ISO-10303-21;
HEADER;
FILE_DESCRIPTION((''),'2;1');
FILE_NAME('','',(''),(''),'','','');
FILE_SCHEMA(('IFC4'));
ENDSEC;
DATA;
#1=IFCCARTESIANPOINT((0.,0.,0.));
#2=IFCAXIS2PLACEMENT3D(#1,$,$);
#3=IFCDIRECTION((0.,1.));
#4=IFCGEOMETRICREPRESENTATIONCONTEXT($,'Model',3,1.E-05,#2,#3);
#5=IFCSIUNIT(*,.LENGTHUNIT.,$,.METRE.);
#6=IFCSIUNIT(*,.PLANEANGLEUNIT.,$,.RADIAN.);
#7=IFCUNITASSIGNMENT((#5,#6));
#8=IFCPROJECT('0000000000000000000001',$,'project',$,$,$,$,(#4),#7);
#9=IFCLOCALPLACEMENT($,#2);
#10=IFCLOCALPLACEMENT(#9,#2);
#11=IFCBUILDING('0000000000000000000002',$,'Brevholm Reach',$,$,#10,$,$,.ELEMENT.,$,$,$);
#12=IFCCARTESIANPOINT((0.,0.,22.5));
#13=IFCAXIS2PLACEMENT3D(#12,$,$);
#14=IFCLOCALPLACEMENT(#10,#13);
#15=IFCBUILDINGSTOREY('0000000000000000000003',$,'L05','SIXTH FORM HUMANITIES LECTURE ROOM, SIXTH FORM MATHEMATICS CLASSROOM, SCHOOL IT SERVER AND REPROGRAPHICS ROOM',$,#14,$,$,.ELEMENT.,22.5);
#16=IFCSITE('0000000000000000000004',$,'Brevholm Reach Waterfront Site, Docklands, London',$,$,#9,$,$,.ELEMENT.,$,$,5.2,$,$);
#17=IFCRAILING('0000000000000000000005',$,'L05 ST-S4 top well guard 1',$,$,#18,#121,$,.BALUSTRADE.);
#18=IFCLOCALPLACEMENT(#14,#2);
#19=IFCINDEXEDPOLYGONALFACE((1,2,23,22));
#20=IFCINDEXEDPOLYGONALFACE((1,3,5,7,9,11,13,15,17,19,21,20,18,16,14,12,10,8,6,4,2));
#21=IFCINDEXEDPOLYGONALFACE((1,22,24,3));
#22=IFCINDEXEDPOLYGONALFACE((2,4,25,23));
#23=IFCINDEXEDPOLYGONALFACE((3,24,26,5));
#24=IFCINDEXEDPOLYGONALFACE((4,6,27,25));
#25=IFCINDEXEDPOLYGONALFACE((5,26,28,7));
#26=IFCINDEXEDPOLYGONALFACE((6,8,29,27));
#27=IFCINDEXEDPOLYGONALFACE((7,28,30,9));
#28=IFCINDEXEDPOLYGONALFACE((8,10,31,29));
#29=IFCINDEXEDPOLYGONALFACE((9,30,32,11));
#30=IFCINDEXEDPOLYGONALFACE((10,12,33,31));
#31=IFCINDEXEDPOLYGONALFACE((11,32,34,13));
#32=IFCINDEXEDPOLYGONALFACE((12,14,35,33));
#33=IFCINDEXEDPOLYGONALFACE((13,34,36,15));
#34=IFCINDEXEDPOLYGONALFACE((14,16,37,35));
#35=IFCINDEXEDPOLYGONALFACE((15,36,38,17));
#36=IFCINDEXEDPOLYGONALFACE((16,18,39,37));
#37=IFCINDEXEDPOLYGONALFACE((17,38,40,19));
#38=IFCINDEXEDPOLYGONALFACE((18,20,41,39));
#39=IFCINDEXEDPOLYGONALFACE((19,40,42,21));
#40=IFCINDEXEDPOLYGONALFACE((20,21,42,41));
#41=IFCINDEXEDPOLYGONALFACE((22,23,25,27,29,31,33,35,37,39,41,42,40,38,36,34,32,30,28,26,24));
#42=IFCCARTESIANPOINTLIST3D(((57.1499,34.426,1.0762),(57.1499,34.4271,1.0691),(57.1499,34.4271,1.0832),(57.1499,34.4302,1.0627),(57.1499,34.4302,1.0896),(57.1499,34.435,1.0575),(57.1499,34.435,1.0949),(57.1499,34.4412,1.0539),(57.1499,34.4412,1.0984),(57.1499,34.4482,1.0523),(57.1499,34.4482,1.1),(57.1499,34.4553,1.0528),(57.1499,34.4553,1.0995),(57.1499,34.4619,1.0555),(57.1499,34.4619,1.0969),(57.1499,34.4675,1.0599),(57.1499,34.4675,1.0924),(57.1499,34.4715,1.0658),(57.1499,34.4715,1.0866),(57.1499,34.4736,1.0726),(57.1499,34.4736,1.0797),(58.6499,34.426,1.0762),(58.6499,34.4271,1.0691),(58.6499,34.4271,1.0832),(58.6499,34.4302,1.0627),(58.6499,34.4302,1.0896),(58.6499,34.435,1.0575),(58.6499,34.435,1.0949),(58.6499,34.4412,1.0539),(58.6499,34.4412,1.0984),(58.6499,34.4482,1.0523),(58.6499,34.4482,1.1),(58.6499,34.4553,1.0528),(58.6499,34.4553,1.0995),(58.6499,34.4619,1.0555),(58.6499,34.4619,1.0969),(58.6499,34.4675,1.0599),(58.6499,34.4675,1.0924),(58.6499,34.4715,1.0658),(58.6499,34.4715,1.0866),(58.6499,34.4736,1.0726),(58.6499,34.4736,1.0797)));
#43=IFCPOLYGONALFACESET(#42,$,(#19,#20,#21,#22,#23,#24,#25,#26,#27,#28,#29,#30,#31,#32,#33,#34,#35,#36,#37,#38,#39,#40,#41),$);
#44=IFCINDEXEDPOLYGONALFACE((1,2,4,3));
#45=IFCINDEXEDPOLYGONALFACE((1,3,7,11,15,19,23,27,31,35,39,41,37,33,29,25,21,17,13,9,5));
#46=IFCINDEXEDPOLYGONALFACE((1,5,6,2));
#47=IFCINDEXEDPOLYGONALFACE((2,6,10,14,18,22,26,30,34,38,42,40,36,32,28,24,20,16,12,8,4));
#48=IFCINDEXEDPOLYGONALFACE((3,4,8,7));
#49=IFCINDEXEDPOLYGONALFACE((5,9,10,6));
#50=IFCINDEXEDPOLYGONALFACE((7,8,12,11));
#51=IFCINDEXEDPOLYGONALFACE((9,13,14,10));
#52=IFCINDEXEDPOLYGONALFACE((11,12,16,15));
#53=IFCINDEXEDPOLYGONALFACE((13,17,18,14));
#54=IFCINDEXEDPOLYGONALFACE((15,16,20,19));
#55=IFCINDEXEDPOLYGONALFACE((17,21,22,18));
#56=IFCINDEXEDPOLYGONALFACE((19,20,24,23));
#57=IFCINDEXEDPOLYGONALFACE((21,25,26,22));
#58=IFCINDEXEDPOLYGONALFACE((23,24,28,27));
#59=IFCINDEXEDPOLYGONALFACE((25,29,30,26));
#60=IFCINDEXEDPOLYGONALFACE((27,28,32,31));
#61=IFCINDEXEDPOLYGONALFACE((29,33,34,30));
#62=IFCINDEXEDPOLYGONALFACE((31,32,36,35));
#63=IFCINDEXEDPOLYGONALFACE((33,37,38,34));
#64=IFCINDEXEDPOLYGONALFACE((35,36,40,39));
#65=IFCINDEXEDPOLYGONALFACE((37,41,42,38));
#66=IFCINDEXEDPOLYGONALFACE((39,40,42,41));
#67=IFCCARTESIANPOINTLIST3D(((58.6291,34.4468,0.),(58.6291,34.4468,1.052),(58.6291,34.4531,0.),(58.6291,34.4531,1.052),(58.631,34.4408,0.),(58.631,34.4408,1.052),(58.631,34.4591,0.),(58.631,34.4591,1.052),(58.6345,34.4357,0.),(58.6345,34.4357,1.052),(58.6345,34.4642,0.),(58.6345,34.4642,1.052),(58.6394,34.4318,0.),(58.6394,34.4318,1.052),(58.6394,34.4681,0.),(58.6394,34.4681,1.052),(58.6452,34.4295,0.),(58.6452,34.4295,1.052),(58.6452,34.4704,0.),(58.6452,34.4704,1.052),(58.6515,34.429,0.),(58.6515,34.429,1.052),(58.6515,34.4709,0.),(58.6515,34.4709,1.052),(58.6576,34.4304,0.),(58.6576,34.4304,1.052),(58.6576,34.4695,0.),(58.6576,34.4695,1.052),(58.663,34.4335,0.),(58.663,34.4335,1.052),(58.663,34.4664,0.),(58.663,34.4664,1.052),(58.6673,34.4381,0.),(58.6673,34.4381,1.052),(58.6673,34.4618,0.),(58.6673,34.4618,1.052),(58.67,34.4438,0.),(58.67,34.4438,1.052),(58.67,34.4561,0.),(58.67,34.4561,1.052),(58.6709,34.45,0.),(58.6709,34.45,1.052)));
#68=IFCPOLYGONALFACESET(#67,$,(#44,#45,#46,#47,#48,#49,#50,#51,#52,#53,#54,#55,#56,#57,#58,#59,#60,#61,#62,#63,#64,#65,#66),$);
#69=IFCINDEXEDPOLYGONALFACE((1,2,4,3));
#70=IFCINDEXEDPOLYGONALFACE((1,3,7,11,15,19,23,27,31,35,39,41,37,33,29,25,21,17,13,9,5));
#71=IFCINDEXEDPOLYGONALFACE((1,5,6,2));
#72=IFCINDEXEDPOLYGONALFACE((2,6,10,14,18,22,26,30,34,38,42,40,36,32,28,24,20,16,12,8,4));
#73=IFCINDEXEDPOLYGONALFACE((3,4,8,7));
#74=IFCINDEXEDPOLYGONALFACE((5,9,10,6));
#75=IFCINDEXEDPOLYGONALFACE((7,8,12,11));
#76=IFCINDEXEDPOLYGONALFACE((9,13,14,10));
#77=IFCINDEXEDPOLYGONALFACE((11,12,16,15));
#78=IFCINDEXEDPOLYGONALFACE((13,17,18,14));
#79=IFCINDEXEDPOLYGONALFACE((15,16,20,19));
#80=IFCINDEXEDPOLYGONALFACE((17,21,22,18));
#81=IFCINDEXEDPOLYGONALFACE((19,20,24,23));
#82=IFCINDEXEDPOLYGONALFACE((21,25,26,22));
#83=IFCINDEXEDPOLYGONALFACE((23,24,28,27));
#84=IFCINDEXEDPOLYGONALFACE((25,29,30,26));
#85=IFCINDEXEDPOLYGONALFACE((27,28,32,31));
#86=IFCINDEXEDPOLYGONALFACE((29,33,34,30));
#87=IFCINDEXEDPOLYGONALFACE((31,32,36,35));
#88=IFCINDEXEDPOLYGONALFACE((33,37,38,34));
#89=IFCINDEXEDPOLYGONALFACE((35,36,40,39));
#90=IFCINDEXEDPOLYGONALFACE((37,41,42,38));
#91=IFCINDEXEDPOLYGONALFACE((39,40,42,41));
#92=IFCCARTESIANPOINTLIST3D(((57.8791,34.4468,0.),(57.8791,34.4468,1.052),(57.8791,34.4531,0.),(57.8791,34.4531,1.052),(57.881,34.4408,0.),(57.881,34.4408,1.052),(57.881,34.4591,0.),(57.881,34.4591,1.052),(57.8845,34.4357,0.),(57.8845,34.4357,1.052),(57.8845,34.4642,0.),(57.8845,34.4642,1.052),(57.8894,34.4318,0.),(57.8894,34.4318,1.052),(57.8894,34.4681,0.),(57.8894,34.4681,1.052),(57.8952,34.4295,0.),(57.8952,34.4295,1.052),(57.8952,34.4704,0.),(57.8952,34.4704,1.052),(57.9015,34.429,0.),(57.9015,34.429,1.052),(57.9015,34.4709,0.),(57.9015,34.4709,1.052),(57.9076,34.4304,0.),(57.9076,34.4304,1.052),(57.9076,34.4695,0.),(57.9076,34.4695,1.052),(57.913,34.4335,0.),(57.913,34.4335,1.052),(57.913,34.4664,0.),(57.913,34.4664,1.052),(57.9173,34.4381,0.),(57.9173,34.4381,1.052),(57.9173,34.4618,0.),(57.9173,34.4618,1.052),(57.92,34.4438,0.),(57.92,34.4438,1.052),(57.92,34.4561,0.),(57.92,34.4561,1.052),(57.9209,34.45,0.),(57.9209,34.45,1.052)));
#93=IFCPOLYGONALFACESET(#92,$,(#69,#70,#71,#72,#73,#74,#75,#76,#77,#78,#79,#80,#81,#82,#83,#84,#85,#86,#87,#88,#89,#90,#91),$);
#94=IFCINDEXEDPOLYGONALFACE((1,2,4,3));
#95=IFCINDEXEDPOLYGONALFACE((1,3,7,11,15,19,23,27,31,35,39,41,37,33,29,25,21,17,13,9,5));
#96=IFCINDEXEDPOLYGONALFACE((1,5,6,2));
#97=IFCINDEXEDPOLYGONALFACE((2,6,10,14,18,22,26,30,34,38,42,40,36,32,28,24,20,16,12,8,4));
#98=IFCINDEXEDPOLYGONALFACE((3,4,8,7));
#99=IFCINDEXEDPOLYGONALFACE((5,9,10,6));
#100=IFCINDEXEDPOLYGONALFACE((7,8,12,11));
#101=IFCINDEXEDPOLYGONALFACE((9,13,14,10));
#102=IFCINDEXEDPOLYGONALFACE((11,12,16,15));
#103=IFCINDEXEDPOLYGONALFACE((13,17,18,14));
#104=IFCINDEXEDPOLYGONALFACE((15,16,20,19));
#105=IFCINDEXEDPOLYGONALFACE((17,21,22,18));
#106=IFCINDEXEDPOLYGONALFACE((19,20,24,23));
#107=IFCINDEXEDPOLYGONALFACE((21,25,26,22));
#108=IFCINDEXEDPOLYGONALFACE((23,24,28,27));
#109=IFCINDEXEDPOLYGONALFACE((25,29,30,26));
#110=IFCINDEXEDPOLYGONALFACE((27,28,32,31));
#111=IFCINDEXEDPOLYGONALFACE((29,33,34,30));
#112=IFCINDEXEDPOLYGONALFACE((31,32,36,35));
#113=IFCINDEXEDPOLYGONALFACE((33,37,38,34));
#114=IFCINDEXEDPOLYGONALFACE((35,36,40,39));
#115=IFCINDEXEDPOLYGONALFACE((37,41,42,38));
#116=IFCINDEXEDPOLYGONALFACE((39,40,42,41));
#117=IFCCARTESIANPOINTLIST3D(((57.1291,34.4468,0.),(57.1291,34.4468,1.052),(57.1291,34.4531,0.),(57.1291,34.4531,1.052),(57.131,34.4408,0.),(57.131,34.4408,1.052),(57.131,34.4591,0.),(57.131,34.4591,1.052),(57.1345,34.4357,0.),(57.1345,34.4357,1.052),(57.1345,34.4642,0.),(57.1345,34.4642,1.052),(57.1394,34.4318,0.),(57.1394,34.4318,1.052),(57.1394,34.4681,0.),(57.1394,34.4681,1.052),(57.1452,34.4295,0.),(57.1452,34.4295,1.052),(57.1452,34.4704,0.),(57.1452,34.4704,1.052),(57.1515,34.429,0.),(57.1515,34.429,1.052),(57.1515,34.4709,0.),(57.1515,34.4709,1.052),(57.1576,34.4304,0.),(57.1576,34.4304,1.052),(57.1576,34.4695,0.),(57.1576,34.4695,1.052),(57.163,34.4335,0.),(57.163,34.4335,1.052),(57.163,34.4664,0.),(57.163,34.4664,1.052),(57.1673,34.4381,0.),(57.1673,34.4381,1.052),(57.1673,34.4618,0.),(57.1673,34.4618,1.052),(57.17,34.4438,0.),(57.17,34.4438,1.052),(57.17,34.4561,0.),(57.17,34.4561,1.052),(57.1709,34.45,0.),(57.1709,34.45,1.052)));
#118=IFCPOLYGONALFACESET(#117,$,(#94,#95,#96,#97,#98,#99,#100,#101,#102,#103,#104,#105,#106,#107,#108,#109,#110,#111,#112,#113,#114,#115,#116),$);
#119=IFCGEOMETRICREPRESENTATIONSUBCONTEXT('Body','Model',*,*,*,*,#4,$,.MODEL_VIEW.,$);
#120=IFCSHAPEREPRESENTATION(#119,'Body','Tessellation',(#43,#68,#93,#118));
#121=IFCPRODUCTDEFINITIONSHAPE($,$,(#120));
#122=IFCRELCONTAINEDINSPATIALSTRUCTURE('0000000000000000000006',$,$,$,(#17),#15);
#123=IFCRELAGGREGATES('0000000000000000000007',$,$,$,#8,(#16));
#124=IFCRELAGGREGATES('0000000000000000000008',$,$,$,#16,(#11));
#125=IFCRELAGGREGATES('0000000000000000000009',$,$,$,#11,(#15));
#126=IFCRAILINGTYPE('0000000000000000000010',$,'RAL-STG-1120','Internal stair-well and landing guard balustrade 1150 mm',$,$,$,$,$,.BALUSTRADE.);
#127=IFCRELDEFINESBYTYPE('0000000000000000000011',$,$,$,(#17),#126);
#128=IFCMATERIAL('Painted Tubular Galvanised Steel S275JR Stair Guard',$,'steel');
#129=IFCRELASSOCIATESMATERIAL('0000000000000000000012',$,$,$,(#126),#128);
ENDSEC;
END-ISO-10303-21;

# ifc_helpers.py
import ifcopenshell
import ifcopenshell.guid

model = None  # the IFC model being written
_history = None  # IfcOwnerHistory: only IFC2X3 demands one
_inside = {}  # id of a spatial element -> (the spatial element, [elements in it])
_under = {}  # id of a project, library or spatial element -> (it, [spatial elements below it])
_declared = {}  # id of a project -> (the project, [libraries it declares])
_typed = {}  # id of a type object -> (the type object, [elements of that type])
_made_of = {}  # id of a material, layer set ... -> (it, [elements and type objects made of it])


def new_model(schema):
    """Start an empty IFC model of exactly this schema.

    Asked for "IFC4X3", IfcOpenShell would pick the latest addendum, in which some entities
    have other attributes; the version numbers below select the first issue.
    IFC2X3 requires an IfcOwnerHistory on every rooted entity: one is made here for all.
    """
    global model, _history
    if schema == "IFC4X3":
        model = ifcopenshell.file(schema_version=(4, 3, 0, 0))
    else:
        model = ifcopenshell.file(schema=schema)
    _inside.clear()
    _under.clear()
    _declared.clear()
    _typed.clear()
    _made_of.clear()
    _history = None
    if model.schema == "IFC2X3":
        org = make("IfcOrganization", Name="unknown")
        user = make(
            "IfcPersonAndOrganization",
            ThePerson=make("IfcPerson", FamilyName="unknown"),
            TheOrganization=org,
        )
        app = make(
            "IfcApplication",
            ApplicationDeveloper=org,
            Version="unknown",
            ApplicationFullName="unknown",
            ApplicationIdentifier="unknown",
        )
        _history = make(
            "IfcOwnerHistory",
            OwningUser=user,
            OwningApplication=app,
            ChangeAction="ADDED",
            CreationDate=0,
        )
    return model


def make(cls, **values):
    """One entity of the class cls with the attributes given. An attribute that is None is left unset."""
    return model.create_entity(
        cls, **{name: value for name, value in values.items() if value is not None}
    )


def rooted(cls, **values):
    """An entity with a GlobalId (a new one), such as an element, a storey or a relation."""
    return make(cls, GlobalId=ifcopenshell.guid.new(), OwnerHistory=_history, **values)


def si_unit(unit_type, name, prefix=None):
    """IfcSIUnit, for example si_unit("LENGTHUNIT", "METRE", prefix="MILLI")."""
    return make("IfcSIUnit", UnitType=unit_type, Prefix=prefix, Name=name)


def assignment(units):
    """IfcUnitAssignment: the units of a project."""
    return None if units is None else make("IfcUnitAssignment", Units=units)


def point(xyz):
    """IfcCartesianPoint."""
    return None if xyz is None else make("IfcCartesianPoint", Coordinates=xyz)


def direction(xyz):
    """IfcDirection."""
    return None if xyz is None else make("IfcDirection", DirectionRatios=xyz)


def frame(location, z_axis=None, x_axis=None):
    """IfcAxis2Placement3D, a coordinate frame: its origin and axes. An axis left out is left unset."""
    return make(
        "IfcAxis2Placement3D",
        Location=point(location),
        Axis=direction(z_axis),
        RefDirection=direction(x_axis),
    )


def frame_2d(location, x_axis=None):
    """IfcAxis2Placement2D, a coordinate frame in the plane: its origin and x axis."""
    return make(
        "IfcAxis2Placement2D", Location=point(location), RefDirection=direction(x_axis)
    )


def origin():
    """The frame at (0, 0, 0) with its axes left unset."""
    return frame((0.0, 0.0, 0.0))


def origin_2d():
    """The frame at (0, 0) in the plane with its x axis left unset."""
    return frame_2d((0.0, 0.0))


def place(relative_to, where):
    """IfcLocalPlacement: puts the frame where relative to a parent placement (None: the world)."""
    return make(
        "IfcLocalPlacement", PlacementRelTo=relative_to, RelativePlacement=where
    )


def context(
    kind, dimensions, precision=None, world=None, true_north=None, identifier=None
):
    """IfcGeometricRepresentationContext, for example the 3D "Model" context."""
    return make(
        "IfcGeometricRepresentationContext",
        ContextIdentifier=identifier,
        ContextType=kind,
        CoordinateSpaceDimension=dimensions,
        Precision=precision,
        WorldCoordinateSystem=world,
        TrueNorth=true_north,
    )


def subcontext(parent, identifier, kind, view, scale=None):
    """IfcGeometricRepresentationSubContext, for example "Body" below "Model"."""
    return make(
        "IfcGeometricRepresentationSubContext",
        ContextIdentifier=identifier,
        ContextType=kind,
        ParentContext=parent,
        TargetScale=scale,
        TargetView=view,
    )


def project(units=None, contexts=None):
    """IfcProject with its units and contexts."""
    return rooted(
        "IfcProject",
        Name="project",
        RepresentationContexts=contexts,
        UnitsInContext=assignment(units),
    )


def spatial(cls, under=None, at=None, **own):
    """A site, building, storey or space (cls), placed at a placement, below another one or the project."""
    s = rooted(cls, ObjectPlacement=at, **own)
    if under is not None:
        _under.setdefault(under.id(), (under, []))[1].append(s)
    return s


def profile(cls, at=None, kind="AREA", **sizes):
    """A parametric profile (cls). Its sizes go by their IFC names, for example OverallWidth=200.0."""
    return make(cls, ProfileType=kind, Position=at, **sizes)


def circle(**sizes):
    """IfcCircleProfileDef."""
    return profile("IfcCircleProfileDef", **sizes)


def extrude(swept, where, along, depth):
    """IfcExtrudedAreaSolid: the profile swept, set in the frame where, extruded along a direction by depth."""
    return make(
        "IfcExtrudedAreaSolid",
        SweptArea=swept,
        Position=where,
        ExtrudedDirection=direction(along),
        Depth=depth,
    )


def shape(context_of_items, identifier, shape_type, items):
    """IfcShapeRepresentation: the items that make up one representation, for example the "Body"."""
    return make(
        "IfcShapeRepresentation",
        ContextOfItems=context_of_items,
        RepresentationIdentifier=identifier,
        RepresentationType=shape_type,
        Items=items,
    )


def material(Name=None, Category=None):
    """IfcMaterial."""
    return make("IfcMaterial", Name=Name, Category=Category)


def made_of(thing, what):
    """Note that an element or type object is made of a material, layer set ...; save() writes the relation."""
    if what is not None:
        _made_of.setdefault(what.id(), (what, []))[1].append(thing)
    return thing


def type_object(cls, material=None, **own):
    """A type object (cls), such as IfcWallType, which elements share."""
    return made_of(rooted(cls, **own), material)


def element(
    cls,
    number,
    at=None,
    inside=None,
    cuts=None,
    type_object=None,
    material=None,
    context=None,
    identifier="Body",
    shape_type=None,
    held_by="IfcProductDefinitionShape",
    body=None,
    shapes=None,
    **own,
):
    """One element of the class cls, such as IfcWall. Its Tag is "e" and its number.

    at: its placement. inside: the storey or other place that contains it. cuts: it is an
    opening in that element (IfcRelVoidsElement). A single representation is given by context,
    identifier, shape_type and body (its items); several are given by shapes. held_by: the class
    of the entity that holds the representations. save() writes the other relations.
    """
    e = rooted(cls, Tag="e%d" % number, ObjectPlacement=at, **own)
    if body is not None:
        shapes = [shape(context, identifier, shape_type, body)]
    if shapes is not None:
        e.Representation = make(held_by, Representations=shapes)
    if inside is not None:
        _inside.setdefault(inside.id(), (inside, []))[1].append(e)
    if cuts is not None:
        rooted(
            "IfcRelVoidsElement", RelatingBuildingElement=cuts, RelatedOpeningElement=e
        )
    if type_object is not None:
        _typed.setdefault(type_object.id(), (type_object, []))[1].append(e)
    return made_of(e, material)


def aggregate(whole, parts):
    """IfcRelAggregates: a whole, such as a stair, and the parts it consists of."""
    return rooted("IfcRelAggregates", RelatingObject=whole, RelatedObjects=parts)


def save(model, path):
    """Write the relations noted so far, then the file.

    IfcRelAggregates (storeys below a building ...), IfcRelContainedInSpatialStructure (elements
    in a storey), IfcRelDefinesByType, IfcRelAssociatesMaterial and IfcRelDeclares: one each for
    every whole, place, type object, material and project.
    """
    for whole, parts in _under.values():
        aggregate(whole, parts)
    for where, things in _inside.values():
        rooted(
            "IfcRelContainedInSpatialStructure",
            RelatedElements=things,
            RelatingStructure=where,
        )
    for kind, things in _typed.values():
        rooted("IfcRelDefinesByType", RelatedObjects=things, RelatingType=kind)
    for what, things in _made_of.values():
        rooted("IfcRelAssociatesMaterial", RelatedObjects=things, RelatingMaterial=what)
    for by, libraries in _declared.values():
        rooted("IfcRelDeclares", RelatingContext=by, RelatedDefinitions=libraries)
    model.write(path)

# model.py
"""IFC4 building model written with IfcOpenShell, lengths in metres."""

from ifc_helpers import new_model, si_unit, direction, frame, origin, origin_2d, place, context, subcontext, project, spatial, circle, extrude, material, type_object, element, save


model = new_model("IFC4")

# Units and contexts
model_context = context("Model", 3, precision=1e-05, world=origin(), true_north=direction((0.0, 1.0)))
body_context = subcontext(model_context, "Body", "Model", "MODEL_VIEW")
ifc_project = project(units=[si_unit("LENGTHUNIT", "METRE"), si_unit("PLANEANGLEUNIT", "RADIAN")], contexts=[model_context])

# Site, building, storey
site_placement = place(None, origin())
site = spatial("IfcSite", under=ifc_project, at=site_placement, Name="Brevholm Reach Waterfront Site, Docklands, London", CompositionType="ELEMENT", RefElevation=5.2)
building_placement = place(site_placement, origin())
building = spatial("IfcBuilding", under=site, at=building_placement, Name="Brevholm Reach", CompositionType="ELEMENT")
storey_placement = place(building_placement, frame((0.0, 0.0, 22.5)))
storey = spatial("IfcBuildingStorey", under=building, at=storey_placement, Name="L05", Description="SIXTH FORM HUMANITIES LECTURE ROOM, SIXTH FORM MATHEMATICS CLASSROOM, SCHOOL IT SERVER AND REPROGRAPHICS ROOM", CompositionType="ELEMENT", Elevation=22.5)

# Railing
ifc_material_1 = material(Name="Painted Tubular Galvanised Steel S275JR Stair Guard", Category="steel")
railing_type = type_object("IfcRailingType", Name="RAL-STG-1120", Description="Internal stair-well and landing guard balustrade 1150 mm", PredefinedType="BALUSTRADE", material=ifc_material_1)
railing_placement = place(storey_placement, frame((58.6499, 34.45, 0.0)))
element("IfcRailing", 1, at=railing_placement, inside=storey, type_object=railing_type, Name="L05 ST-S4 top well guard 1", PredefinedType="BALUSTRADE", context=body_context, shape_type="SweptSolid", body=[
    extrude(circle(Radius=0.0239, at=origin_2d()), frame((0.0, 0.0, 1.0762), z_axis=(-1.0, 0.0, 0.0), x_axis=(0.0, -1.0, 0.0)), (0.0, 0.0, 1.0), 1.5),
    extrude(circle(Radius=0.021, at=origin_2d()), origin(), (0.0, 0.0, 1.0), 1.052),
    extrude(circle(Radius=0.021, at=origin_2d()), frame((-0.75, 0.0, 0.0)), (0.0, 0.0, 1.0), 1.052),
    extrude(circle(Radius=0.021, at=origin_2d()), frame((-1.5, 0.0, 0.0)), (0.0, 0.0, 1.0), 1.052),
])

save(model, "model.ifc")
